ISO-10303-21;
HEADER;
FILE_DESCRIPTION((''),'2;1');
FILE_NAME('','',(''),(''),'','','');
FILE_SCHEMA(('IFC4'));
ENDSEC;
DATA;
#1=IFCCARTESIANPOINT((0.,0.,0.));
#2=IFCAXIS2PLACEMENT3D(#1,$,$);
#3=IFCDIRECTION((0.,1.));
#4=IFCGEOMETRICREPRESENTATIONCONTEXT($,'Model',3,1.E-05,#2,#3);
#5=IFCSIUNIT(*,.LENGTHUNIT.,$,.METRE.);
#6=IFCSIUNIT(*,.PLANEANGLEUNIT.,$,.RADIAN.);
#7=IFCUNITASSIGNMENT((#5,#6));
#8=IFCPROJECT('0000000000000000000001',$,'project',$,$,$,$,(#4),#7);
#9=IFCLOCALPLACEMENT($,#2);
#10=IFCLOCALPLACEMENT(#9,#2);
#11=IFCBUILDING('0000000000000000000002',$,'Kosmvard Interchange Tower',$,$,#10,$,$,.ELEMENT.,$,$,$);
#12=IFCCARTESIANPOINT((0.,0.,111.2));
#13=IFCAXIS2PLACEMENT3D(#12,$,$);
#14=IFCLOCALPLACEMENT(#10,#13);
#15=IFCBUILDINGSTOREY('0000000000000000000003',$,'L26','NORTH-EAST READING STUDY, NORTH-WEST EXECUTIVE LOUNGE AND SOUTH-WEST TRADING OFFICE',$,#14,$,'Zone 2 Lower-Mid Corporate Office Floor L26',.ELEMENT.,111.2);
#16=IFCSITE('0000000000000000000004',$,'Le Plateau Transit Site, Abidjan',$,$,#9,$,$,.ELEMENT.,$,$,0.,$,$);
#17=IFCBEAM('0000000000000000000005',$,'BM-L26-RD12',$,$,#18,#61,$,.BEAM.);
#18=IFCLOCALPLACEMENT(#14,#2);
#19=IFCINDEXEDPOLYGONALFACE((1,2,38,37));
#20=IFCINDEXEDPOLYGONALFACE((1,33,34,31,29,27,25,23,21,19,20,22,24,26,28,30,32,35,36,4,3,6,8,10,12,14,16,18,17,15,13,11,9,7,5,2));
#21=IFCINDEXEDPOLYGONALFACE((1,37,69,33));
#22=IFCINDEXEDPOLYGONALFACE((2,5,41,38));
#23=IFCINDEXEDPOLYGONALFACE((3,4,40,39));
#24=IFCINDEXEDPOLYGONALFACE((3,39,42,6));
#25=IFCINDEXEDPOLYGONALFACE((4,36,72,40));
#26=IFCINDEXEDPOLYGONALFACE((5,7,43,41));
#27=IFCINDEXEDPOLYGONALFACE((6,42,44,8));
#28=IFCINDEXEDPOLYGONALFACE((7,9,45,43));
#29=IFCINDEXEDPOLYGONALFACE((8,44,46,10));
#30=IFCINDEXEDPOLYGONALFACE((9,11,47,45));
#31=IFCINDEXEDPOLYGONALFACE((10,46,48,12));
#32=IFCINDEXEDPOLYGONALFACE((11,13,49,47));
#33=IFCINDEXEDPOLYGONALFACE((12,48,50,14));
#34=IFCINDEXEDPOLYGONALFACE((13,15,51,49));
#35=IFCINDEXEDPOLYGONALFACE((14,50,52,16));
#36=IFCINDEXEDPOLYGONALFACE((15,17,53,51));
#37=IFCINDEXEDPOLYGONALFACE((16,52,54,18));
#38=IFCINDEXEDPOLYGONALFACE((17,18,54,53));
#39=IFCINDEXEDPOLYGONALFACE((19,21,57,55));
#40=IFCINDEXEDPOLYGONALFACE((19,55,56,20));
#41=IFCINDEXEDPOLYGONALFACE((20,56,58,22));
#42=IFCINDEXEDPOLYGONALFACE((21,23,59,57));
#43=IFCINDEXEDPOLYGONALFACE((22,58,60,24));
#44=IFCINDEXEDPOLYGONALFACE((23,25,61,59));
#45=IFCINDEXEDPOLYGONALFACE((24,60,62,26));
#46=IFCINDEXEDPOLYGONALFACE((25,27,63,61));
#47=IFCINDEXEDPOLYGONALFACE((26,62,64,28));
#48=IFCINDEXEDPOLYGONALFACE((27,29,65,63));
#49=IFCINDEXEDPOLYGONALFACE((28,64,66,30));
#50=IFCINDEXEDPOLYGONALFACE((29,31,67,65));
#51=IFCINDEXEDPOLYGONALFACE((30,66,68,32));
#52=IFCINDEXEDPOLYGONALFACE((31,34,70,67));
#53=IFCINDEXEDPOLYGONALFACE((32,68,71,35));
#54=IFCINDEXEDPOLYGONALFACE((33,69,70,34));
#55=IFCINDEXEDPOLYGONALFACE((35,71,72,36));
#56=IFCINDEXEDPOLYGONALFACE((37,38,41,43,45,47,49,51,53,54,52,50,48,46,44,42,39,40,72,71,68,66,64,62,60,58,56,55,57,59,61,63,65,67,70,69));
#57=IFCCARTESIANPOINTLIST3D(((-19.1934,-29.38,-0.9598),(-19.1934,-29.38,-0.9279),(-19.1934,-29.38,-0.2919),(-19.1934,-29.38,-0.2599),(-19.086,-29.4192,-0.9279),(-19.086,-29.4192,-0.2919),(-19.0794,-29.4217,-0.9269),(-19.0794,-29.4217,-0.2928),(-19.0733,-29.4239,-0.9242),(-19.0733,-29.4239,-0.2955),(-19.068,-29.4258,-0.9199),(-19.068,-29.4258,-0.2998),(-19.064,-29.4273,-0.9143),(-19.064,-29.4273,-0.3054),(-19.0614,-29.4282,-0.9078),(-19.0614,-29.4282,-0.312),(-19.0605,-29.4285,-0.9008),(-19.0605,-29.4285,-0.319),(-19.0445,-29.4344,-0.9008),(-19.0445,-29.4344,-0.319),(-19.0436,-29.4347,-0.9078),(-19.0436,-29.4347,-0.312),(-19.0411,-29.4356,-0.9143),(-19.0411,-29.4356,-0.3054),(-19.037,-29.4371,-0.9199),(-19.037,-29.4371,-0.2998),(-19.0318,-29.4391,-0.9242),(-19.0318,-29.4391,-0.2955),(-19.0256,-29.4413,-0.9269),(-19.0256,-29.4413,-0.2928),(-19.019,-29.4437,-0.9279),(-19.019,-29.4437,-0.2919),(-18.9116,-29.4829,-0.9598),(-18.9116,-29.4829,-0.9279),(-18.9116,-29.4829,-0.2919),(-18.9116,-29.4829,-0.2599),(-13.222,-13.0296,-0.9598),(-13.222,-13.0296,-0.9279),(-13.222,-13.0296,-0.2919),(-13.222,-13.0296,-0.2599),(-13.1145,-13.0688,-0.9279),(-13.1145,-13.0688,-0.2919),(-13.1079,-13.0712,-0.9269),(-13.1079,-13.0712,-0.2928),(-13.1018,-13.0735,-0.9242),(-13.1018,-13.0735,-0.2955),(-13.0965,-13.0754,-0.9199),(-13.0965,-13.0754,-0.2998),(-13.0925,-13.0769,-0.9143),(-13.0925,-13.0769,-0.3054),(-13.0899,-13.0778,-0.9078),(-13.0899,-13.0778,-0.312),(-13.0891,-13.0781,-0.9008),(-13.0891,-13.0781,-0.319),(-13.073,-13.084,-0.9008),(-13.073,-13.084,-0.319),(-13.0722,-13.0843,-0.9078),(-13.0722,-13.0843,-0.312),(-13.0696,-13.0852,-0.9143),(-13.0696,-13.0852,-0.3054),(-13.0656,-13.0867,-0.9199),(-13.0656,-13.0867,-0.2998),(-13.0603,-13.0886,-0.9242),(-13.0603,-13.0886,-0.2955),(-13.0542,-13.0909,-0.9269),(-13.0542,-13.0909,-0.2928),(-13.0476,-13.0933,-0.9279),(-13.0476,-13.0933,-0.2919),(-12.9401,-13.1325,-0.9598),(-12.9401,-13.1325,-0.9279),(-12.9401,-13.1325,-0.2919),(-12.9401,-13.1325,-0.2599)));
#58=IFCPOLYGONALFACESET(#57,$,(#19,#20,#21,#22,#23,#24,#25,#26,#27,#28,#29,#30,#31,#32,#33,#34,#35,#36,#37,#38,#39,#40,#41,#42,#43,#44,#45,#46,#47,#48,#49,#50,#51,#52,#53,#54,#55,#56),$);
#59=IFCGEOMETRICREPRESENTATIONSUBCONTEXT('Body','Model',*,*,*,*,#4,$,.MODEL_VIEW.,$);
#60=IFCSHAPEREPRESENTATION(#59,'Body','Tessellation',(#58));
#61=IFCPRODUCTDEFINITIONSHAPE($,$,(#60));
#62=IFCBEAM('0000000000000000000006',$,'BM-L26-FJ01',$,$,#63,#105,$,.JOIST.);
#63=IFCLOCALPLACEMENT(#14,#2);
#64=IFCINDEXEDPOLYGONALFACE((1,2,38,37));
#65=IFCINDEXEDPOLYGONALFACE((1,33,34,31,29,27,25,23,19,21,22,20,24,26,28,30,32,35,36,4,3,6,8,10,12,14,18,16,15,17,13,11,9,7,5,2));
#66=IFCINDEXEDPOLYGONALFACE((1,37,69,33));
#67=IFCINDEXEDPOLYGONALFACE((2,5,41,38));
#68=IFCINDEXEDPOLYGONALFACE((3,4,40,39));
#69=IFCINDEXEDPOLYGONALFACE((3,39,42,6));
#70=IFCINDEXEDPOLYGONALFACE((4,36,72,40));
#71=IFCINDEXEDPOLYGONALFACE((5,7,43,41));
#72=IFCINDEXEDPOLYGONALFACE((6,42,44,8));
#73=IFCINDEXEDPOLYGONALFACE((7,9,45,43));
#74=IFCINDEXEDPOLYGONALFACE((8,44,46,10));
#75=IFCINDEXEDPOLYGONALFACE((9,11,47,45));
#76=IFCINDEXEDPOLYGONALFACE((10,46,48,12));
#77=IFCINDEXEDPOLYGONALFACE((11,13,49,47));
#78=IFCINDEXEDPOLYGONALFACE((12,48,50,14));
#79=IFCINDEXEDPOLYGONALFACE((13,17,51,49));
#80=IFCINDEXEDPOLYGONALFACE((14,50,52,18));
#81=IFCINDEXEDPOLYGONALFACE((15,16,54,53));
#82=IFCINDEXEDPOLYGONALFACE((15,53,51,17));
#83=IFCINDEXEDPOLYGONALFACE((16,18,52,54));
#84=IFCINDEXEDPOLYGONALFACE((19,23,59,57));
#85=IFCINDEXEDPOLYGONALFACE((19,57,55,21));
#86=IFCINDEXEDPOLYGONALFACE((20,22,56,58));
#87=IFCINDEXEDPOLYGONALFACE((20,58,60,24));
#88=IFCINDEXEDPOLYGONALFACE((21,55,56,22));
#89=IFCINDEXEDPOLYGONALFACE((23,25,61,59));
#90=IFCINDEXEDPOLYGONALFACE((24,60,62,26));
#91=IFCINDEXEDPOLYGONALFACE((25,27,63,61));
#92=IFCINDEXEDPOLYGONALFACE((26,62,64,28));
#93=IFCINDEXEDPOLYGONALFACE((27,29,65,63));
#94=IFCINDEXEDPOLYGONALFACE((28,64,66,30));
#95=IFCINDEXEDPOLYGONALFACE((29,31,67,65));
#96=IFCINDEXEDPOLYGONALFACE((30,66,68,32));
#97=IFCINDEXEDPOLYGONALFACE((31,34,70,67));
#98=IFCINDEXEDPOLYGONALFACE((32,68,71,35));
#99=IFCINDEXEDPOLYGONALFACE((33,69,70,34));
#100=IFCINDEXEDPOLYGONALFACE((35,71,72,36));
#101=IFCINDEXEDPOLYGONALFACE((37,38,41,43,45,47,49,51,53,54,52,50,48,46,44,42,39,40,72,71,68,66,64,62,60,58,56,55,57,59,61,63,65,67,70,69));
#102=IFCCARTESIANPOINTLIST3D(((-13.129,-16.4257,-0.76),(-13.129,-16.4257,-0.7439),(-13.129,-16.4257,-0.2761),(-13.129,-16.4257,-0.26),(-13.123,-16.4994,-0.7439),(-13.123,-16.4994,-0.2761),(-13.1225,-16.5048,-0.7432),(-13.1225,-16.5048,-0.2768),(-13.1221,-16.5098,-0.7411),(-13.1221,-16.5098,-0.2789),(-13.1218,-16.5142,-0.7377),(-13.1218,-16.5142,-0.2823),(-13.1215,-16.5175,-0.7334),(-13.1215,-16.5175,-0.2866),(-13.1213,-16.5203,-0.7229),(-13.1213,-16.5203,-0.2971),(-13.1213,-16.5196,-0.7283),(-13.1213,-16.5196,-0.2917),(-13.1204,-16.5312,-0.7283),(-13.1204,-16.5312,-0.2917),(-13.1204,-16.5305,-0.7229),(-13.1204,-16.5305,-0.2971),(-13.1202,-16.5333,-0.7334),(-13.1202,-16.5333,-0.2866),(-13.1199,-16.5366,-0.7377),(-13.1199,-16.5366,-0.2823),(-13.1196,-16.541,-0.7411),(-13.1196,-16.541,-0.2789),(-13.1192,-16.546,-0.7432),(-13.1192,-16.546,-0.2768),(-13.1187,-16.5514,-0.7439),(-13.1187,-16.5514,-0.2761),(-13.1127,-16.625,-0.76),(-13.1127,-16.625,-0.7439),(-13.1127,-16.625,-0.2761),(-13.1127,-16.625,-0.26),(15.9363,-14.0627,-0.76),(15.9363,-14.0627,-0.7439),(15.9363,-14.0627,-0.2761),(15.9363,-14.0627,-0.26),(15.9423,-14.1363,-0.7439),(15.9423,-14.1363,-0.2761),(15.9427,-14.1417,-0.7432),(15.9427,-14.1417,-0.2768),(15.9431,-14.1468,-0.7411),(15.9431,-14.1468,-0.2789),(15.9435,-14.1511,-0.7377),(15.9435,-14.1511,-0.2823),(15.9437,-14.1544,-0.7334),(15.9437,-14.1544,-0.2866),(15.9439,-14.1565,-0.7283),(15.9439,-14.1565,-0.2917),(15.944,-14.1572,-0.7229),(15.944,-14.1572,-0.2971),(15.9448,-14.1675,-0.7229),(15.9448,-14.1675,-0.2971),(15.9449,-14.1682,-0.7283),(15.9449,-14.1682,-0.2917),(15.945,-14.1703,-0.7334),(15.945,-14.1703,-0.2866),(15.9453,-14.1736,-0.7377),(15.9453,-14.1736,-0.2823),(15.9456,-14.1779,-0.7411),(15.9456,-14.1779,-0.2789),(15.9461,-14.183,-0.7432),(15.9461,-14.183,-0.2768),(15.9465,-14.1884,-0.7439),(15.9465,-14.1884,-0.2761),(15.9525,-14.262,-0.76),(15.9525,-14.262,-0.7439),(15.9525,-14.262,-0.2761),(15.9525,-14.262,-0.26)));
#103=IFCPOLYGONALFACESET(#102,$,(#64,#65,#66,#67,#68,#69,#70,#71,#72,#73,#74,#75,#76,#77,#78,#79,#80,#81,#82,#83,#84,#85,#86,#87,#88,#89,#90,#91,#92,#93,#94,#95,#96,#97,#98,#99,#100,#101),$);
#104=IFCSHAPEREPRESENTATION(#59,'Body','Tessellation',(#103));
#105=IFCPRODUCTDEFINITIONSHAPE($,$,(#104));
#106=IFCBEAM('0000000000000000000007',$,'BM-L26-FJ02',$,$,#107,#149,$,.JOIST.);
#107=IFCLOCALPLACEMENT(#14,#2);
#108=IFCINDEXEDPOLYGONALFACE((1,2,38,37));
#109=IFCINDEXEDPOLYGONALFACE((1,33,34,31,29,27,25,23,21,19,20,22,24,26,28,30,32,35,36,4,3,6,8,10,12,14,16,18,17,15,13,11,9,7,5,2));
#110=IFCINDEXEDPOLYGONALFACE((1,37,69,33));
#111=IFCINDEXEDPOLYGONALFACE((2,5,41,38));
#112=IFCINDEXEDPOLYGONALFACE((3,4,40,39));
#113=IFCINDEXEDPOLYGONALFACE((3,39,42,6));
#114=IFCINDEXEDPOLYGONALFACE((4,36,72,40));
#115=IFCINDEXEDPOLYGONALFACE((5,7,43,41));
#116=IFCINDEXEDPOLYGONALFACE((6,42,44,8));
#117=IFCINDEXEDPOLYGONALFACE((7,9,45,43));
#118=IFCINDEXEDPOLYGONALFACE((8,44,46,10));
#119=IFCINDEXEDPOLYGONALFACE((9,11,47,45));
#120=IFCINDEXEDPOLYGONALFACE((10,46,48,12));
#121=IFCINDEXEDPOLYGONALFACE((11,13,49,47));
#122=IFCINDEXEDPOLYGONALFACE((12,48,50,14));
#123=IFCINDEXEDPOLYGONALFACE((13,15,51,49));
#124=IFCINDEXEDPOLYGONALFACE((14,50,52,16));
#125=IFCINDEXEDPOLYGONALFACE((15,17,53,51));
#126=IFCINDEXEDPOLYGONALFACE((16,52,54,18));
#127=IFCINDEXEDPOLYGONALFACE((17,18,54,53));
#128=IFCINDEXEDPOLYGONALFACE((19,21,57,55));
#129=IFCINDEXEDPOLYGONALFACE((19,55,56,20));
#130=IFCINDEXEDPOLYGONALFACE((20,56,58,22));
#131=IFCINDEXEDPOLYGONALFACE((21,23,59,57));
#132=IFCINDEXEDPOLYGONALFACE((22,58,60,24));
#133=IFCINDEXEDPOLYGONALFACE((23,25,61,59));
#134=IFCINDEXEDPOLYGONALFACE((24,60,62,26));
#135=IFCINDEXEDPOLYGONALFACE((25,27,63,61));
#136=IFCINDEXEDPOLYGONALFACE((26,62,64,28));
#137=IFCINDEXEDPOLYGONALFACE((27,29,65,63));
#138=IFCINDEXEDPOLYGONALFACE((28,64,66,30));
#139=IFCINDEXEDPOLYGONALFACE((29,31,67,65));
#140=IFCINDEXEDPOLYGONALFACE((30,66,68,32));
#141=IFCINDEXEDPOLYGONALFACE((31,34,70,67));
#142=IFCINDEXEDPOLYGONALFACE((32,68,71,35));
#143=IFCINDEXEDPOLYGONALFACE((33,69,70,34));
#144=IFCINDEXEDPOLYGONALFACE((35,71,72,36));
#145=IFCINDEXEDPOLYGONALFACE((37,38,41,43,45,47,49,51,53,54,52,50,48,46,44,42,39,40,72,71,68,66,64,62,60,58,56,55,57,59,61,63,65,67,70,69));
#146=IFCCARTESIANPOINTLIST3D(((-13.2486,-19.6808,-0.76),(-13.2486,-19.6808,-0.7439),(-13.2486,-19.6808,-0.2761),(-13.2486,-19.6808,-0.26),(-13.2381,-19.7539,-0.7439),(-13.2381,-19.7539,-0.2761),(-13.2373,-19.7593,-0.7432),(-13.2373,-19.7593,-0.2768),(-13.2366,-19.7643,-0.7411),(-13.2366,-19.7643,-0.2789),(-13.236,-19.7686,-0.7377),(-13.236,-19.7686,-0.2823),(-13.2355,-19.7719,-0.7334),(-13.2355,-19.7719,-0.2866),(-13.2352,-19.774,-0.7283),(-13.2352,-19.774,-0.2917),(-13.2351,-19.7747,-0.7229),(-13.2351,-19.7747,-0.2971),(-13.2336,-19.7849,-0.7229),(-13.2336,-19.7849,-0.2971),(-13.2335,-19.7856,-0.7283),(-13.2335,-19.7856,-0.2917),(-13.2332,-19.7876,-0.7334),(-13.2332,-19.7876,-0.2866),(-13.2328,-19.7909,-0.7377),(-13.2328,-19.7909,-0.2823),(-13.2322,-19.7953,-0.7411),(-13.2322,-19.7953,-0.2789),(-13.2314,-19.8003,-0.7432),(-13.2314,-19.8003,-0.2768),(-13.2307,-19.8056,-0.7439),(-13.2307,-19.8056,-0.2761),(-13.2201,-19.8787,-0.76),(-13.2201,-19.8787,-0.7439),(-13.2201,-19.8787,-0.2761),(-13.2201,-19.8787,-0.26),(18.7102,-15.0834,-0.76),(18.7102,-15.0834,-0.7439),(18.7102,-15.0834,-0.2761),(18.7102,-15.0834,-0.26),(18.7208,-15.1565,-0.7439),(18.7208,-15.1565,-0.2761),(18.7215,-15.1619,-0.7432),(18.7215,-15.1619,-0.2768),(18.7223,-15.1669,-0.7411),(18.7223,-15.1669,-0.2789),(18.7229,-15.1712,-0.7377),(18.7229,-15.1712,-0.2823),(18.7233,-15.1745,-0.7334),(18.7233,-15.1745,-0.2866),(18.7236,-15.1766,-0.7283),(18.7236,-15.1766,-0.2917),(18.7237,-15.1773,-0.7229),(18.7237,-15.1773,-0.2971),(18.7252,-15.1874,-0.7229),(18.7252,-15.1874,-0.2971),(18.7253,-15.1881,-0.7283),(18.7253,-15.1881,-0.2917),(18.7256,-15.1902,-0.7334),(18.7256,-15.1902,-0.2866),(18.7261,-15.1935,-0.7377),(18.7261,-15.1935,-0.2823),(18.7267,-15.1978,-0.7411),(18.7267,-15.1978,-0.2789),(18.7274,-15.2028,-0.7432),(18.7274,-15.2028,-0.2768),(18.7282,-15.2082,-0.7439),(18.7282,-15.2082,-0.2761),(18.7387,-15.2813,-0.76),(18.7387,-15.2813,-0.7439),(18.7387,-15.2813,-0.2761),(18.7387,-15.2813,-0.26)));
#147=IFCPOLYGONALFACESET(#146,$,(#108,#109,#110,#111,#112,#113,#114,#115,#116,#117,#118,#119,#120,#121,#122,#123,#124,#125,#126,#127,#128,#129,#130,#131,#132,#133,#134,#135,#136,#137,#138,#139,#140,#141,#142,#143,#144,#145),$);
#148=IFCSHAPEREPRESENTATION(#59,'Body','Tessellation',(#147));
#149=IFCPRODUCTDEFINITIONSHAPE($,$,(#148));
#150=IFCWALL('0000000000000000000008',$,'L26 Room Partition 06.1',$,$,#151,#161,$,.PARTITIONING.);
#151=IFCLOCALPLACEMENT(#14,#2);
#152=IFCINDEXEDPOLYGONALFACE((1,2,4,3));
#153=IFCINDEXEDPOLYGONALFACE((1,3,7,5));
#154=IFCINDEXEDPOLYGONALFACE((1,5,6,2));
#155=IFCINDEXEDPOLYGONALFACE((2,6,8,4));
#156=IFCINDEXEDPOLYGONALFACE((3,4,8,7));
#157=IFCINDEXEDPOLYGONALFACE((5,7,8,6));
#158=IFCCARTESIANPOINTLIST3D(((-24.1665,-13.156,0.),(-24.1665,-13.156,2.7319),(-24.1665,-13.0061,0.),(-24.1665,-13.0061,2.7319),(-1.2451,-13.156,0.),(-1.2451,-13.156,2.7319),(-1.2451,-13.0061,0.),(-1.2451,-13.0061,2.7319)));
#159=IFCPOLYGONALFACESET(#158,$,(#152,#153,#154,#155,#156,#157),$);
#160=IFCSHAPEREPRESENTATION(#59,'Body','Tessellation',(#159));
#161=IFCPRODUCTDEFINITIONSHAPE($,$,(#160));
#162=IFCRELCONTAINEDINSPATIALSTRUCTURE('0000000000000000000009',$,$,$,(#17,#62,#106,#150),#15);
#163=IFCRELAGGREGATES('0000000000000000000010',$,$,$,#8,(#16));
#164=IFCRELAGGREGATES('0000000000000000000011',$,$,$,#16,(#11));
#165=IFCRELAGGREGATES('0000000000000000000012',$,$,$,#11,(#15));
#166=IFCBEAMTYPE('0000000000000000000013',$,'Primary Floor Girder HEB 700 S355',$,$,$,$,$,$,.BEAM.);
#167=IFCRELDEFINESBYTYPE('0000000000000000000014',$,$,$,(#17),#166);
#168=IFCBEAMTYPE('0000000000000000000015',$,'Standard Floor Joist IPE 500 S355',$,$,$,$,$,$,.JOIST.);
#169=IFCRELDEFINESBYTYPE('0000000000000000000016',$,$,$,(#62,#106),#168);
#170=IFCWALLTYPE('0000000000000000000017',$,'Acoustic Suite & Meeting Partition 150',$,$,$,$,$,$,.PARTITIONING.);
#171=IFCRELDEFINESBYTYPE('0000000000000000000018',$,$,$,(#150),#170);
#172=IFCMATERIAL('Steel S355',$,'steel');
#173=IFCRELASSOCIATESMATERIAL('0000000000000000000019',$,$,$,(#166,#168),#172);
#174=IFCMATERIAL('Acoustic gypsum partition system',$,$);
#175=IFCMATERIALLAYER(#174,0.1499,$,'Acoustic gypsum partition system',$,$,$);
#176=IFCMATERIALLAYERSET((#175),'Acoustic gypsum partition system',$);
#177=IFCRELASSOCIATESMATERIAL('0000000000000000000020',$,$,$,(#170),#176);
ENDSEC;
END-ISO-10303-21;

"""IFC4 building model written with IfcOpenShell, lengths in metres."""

from ifc_helpers import new_model, si_unit, direction, frame, frame_2d, origin, origin_2d, place, context, subcontext, project, spatial, rectangle, i_section, extrude, source, transform, mapped, material, layer, layer_set, material_profile, profile_set, type_object, element, save


model = new_model("IFC4")

# Units and contexts
model_context = context("Model", 3, precision=1e-05, world=origin(), true_north=direction((0.0, 1.0)))
body_context = subcontext(model_context, "Body", "Model", "MODEL_VIEW")
ifc_project = project(units=[si_unit("LENGTHUNIT", "METRE"), si_unit("PLANEANGLEUNIT", "RADIAN")], contexts=[model_context])

# Site, building, storey
site_placement = place(None, origin())
site = spatial("IfcSite", under=ifc_project, at=site_placement, Name="Le Plateau Transit Site, Abidjan", CompositionType="ELEMENT", RefElevation=0.0)
building_placement = place(site_placement, origin())
building = spatial("IfcBuilding", under=site, at=building_placement, Name="Kosmvard Interchange Tower", CompositionType="ELEMENT")
storey_placement = place(building_placement, frame((0.0, 0.0, 111.2)))
storey = spatial("IfcBuildingStorey", under=building, at=storey_placement, Name="L26", Description="NORTH-EAST READING STUDY, NORTH-WEST EXECUTIVE LOUNGE AND SOUTH-WEST TRADING OFFICE", LongName="Zone 2 Lower-Mid Corporate Office Floor L26", CompositionType="ELEMENT", Elevation=111.2)

# Beams
ifc_material_1 = material(Name="Steel S355", Category="steel")
ifc_material_profile_1 = material_profile(ifc_material_1, i_section(OverallWidth=0.3, OverallDepth=0.7, WebThickness=0.0171, FlangeThickness=0.032, FilletRadius=0.0271, at=origin_2d()), Name="HEB 700")
ifc_profile_set_1 = profile_set([ifc_material_profile_1], Name="Steel S355")
beam_type_1 = type_object("IfcBeamType", Name="Primary Floor Girder HEB 700 S355", PredefinedType="BEAM", material=ifc_profile_set_1)
shared_shape_1 = source(origin(), body_context, "Body", "SweptSolid", [
    extrude(i_section(OverallWidth=0.3, OverallDepth=0.7, WebThickness=0.0171, FlangeThickness=0.032, FilletRadius=0.0271, at=origin_2d()), origin(), (0.0, 0.0, 1.0), 17.4067),
])
beam_1_placement = place(storey_placement, frame((-13.0811, -13.0811, -0.6099), z_axis=(-0.343055, -0.939315, 0.0), x_axis=(0.939315, -0.343055, 0.0)))
element("IfcBeam", 1, at=beam_1_placement, inside=storey, type_object=beam_type_1, Name="BM-L26-RD12", PredefinedType="BEAM", context=body_context, shape_type="MappedRepresentation", body=[
    mapped(shared_shape_1, transform((0.0, 0.0, 0.0), scale=1.0)),
])
ifc_material_profile_2 = material_profile(ifc_material_1, i_section(OverallWidth=0.2, OverallDepth=0.5, WebThickness=0.0103, FlangeThickness=0.0161, FilletRadius=0.021, at=origin_2d()), Name="IPE 500")
ifc_profile_set_2 = profile_set([ifc_material_profile_2], Name="Steel S355")
beam_type_2 = type_object("IfcBeamType", Name="Standard Floor Joist IPE 500 S355", PredefinedType="JOIST", material=ifc_profile_set_2)
shared_shape_2 = source(origin(), body_context, "Body", "SweptSolid", [
    extrude(i_section(OverallWidth=0.2, OverallDepth=0.5, WebThickness=0.0103, FlangeThickness=0.0161, FilletRadius=0.021, at=origin_2d()), origin(), (0.0, 0.0, 1.0), 29.1611),
])
beam_2_placement = place(storey_placement, frame((-13.1208, -16.5254, -0.51), z_axis=(0.996711, 0.081034, 0.0), x_axis=(-0.081034, 0.996711, 0.0)))
element("IfcBeam", 2, at=beam_2_placement, inside=storey, type_object=beam_type_2, Name="BM-L26-FJ01", PredefinedType="JOIST", context=body_context, shape_type="MappedRepresentation", body=[
    mapped(shared_shape_2, transform((0.0, 0.0, 0.0), scale=1.0)),
])
shared_shape_3 = source(origin(), body_context, "Body", "SweptSolid", [
    extrude(i_section(OverallWidth=0.2, OverallDepth=0.5, WebThickness=0.0103, FlangeThickness=0.0161, FilletRadius=0.021, at=origin_2d()), origin(), (0.0, 0.0, 1.0), 32.2878),
])
beam_3_placement = place(storey_placement, frame((-13.2344, -19.7798, -0.51), z_axis=(0.989811, 0.142389, 0.0), x_axis=(-0.142389, 0.989811, 0.0)))
element("IfcBeam", 3, at=beam_3_placement, inside=storey, type_object=beam_type_2, Name="BM-L26-FJ02", PredefinedType="JOIST", context=body_context, shape_type="MappedRepresentation", body=[
    mapped(shared_shape_3, transform((0.0, 0.0, 0.0), scale=1.0)),
])

# Wall
ifc_material_2 = material(Name="Acoustic gypsum partition system")
ifc_layer_1 = layer(ifc_material_2, 0.1499, Name="Acoustic gypsum partition system")
ifc_layer_set_1 = layer_set([ifc_layer_1], Name="Acoustic gypsum partition system")
wall_type_1 = type_object("IfcWallType", Name="Acoustic Suite & Meeting Partition 150", PredefinedType="PARTITIONING", material=ifc_layer_set_1)
wall_1_placement = place(storey_placement, frame((-24.1665, -13.0811, 0.0), z_axis=(0.0, 0.0, 1.0), x_axis=(1.0, 0.0, 0.0)))
element("IfcWall", 4, at=wall_1_placement, inside=storey, type_object=wall_type_1, Name="L26 Room Partition 06.1", PredefinedType="PARTITIONING", context=body_context, shape_type="SweptSolid", body=[
    extrude(rectangle(XDim=22.9214, YDim=0.1499, at=frame_2d((11.4607, 0.0))), origin(), (0.0, 0.0, 1.0), 2.7319),
])

save(model, "model.ifc")
